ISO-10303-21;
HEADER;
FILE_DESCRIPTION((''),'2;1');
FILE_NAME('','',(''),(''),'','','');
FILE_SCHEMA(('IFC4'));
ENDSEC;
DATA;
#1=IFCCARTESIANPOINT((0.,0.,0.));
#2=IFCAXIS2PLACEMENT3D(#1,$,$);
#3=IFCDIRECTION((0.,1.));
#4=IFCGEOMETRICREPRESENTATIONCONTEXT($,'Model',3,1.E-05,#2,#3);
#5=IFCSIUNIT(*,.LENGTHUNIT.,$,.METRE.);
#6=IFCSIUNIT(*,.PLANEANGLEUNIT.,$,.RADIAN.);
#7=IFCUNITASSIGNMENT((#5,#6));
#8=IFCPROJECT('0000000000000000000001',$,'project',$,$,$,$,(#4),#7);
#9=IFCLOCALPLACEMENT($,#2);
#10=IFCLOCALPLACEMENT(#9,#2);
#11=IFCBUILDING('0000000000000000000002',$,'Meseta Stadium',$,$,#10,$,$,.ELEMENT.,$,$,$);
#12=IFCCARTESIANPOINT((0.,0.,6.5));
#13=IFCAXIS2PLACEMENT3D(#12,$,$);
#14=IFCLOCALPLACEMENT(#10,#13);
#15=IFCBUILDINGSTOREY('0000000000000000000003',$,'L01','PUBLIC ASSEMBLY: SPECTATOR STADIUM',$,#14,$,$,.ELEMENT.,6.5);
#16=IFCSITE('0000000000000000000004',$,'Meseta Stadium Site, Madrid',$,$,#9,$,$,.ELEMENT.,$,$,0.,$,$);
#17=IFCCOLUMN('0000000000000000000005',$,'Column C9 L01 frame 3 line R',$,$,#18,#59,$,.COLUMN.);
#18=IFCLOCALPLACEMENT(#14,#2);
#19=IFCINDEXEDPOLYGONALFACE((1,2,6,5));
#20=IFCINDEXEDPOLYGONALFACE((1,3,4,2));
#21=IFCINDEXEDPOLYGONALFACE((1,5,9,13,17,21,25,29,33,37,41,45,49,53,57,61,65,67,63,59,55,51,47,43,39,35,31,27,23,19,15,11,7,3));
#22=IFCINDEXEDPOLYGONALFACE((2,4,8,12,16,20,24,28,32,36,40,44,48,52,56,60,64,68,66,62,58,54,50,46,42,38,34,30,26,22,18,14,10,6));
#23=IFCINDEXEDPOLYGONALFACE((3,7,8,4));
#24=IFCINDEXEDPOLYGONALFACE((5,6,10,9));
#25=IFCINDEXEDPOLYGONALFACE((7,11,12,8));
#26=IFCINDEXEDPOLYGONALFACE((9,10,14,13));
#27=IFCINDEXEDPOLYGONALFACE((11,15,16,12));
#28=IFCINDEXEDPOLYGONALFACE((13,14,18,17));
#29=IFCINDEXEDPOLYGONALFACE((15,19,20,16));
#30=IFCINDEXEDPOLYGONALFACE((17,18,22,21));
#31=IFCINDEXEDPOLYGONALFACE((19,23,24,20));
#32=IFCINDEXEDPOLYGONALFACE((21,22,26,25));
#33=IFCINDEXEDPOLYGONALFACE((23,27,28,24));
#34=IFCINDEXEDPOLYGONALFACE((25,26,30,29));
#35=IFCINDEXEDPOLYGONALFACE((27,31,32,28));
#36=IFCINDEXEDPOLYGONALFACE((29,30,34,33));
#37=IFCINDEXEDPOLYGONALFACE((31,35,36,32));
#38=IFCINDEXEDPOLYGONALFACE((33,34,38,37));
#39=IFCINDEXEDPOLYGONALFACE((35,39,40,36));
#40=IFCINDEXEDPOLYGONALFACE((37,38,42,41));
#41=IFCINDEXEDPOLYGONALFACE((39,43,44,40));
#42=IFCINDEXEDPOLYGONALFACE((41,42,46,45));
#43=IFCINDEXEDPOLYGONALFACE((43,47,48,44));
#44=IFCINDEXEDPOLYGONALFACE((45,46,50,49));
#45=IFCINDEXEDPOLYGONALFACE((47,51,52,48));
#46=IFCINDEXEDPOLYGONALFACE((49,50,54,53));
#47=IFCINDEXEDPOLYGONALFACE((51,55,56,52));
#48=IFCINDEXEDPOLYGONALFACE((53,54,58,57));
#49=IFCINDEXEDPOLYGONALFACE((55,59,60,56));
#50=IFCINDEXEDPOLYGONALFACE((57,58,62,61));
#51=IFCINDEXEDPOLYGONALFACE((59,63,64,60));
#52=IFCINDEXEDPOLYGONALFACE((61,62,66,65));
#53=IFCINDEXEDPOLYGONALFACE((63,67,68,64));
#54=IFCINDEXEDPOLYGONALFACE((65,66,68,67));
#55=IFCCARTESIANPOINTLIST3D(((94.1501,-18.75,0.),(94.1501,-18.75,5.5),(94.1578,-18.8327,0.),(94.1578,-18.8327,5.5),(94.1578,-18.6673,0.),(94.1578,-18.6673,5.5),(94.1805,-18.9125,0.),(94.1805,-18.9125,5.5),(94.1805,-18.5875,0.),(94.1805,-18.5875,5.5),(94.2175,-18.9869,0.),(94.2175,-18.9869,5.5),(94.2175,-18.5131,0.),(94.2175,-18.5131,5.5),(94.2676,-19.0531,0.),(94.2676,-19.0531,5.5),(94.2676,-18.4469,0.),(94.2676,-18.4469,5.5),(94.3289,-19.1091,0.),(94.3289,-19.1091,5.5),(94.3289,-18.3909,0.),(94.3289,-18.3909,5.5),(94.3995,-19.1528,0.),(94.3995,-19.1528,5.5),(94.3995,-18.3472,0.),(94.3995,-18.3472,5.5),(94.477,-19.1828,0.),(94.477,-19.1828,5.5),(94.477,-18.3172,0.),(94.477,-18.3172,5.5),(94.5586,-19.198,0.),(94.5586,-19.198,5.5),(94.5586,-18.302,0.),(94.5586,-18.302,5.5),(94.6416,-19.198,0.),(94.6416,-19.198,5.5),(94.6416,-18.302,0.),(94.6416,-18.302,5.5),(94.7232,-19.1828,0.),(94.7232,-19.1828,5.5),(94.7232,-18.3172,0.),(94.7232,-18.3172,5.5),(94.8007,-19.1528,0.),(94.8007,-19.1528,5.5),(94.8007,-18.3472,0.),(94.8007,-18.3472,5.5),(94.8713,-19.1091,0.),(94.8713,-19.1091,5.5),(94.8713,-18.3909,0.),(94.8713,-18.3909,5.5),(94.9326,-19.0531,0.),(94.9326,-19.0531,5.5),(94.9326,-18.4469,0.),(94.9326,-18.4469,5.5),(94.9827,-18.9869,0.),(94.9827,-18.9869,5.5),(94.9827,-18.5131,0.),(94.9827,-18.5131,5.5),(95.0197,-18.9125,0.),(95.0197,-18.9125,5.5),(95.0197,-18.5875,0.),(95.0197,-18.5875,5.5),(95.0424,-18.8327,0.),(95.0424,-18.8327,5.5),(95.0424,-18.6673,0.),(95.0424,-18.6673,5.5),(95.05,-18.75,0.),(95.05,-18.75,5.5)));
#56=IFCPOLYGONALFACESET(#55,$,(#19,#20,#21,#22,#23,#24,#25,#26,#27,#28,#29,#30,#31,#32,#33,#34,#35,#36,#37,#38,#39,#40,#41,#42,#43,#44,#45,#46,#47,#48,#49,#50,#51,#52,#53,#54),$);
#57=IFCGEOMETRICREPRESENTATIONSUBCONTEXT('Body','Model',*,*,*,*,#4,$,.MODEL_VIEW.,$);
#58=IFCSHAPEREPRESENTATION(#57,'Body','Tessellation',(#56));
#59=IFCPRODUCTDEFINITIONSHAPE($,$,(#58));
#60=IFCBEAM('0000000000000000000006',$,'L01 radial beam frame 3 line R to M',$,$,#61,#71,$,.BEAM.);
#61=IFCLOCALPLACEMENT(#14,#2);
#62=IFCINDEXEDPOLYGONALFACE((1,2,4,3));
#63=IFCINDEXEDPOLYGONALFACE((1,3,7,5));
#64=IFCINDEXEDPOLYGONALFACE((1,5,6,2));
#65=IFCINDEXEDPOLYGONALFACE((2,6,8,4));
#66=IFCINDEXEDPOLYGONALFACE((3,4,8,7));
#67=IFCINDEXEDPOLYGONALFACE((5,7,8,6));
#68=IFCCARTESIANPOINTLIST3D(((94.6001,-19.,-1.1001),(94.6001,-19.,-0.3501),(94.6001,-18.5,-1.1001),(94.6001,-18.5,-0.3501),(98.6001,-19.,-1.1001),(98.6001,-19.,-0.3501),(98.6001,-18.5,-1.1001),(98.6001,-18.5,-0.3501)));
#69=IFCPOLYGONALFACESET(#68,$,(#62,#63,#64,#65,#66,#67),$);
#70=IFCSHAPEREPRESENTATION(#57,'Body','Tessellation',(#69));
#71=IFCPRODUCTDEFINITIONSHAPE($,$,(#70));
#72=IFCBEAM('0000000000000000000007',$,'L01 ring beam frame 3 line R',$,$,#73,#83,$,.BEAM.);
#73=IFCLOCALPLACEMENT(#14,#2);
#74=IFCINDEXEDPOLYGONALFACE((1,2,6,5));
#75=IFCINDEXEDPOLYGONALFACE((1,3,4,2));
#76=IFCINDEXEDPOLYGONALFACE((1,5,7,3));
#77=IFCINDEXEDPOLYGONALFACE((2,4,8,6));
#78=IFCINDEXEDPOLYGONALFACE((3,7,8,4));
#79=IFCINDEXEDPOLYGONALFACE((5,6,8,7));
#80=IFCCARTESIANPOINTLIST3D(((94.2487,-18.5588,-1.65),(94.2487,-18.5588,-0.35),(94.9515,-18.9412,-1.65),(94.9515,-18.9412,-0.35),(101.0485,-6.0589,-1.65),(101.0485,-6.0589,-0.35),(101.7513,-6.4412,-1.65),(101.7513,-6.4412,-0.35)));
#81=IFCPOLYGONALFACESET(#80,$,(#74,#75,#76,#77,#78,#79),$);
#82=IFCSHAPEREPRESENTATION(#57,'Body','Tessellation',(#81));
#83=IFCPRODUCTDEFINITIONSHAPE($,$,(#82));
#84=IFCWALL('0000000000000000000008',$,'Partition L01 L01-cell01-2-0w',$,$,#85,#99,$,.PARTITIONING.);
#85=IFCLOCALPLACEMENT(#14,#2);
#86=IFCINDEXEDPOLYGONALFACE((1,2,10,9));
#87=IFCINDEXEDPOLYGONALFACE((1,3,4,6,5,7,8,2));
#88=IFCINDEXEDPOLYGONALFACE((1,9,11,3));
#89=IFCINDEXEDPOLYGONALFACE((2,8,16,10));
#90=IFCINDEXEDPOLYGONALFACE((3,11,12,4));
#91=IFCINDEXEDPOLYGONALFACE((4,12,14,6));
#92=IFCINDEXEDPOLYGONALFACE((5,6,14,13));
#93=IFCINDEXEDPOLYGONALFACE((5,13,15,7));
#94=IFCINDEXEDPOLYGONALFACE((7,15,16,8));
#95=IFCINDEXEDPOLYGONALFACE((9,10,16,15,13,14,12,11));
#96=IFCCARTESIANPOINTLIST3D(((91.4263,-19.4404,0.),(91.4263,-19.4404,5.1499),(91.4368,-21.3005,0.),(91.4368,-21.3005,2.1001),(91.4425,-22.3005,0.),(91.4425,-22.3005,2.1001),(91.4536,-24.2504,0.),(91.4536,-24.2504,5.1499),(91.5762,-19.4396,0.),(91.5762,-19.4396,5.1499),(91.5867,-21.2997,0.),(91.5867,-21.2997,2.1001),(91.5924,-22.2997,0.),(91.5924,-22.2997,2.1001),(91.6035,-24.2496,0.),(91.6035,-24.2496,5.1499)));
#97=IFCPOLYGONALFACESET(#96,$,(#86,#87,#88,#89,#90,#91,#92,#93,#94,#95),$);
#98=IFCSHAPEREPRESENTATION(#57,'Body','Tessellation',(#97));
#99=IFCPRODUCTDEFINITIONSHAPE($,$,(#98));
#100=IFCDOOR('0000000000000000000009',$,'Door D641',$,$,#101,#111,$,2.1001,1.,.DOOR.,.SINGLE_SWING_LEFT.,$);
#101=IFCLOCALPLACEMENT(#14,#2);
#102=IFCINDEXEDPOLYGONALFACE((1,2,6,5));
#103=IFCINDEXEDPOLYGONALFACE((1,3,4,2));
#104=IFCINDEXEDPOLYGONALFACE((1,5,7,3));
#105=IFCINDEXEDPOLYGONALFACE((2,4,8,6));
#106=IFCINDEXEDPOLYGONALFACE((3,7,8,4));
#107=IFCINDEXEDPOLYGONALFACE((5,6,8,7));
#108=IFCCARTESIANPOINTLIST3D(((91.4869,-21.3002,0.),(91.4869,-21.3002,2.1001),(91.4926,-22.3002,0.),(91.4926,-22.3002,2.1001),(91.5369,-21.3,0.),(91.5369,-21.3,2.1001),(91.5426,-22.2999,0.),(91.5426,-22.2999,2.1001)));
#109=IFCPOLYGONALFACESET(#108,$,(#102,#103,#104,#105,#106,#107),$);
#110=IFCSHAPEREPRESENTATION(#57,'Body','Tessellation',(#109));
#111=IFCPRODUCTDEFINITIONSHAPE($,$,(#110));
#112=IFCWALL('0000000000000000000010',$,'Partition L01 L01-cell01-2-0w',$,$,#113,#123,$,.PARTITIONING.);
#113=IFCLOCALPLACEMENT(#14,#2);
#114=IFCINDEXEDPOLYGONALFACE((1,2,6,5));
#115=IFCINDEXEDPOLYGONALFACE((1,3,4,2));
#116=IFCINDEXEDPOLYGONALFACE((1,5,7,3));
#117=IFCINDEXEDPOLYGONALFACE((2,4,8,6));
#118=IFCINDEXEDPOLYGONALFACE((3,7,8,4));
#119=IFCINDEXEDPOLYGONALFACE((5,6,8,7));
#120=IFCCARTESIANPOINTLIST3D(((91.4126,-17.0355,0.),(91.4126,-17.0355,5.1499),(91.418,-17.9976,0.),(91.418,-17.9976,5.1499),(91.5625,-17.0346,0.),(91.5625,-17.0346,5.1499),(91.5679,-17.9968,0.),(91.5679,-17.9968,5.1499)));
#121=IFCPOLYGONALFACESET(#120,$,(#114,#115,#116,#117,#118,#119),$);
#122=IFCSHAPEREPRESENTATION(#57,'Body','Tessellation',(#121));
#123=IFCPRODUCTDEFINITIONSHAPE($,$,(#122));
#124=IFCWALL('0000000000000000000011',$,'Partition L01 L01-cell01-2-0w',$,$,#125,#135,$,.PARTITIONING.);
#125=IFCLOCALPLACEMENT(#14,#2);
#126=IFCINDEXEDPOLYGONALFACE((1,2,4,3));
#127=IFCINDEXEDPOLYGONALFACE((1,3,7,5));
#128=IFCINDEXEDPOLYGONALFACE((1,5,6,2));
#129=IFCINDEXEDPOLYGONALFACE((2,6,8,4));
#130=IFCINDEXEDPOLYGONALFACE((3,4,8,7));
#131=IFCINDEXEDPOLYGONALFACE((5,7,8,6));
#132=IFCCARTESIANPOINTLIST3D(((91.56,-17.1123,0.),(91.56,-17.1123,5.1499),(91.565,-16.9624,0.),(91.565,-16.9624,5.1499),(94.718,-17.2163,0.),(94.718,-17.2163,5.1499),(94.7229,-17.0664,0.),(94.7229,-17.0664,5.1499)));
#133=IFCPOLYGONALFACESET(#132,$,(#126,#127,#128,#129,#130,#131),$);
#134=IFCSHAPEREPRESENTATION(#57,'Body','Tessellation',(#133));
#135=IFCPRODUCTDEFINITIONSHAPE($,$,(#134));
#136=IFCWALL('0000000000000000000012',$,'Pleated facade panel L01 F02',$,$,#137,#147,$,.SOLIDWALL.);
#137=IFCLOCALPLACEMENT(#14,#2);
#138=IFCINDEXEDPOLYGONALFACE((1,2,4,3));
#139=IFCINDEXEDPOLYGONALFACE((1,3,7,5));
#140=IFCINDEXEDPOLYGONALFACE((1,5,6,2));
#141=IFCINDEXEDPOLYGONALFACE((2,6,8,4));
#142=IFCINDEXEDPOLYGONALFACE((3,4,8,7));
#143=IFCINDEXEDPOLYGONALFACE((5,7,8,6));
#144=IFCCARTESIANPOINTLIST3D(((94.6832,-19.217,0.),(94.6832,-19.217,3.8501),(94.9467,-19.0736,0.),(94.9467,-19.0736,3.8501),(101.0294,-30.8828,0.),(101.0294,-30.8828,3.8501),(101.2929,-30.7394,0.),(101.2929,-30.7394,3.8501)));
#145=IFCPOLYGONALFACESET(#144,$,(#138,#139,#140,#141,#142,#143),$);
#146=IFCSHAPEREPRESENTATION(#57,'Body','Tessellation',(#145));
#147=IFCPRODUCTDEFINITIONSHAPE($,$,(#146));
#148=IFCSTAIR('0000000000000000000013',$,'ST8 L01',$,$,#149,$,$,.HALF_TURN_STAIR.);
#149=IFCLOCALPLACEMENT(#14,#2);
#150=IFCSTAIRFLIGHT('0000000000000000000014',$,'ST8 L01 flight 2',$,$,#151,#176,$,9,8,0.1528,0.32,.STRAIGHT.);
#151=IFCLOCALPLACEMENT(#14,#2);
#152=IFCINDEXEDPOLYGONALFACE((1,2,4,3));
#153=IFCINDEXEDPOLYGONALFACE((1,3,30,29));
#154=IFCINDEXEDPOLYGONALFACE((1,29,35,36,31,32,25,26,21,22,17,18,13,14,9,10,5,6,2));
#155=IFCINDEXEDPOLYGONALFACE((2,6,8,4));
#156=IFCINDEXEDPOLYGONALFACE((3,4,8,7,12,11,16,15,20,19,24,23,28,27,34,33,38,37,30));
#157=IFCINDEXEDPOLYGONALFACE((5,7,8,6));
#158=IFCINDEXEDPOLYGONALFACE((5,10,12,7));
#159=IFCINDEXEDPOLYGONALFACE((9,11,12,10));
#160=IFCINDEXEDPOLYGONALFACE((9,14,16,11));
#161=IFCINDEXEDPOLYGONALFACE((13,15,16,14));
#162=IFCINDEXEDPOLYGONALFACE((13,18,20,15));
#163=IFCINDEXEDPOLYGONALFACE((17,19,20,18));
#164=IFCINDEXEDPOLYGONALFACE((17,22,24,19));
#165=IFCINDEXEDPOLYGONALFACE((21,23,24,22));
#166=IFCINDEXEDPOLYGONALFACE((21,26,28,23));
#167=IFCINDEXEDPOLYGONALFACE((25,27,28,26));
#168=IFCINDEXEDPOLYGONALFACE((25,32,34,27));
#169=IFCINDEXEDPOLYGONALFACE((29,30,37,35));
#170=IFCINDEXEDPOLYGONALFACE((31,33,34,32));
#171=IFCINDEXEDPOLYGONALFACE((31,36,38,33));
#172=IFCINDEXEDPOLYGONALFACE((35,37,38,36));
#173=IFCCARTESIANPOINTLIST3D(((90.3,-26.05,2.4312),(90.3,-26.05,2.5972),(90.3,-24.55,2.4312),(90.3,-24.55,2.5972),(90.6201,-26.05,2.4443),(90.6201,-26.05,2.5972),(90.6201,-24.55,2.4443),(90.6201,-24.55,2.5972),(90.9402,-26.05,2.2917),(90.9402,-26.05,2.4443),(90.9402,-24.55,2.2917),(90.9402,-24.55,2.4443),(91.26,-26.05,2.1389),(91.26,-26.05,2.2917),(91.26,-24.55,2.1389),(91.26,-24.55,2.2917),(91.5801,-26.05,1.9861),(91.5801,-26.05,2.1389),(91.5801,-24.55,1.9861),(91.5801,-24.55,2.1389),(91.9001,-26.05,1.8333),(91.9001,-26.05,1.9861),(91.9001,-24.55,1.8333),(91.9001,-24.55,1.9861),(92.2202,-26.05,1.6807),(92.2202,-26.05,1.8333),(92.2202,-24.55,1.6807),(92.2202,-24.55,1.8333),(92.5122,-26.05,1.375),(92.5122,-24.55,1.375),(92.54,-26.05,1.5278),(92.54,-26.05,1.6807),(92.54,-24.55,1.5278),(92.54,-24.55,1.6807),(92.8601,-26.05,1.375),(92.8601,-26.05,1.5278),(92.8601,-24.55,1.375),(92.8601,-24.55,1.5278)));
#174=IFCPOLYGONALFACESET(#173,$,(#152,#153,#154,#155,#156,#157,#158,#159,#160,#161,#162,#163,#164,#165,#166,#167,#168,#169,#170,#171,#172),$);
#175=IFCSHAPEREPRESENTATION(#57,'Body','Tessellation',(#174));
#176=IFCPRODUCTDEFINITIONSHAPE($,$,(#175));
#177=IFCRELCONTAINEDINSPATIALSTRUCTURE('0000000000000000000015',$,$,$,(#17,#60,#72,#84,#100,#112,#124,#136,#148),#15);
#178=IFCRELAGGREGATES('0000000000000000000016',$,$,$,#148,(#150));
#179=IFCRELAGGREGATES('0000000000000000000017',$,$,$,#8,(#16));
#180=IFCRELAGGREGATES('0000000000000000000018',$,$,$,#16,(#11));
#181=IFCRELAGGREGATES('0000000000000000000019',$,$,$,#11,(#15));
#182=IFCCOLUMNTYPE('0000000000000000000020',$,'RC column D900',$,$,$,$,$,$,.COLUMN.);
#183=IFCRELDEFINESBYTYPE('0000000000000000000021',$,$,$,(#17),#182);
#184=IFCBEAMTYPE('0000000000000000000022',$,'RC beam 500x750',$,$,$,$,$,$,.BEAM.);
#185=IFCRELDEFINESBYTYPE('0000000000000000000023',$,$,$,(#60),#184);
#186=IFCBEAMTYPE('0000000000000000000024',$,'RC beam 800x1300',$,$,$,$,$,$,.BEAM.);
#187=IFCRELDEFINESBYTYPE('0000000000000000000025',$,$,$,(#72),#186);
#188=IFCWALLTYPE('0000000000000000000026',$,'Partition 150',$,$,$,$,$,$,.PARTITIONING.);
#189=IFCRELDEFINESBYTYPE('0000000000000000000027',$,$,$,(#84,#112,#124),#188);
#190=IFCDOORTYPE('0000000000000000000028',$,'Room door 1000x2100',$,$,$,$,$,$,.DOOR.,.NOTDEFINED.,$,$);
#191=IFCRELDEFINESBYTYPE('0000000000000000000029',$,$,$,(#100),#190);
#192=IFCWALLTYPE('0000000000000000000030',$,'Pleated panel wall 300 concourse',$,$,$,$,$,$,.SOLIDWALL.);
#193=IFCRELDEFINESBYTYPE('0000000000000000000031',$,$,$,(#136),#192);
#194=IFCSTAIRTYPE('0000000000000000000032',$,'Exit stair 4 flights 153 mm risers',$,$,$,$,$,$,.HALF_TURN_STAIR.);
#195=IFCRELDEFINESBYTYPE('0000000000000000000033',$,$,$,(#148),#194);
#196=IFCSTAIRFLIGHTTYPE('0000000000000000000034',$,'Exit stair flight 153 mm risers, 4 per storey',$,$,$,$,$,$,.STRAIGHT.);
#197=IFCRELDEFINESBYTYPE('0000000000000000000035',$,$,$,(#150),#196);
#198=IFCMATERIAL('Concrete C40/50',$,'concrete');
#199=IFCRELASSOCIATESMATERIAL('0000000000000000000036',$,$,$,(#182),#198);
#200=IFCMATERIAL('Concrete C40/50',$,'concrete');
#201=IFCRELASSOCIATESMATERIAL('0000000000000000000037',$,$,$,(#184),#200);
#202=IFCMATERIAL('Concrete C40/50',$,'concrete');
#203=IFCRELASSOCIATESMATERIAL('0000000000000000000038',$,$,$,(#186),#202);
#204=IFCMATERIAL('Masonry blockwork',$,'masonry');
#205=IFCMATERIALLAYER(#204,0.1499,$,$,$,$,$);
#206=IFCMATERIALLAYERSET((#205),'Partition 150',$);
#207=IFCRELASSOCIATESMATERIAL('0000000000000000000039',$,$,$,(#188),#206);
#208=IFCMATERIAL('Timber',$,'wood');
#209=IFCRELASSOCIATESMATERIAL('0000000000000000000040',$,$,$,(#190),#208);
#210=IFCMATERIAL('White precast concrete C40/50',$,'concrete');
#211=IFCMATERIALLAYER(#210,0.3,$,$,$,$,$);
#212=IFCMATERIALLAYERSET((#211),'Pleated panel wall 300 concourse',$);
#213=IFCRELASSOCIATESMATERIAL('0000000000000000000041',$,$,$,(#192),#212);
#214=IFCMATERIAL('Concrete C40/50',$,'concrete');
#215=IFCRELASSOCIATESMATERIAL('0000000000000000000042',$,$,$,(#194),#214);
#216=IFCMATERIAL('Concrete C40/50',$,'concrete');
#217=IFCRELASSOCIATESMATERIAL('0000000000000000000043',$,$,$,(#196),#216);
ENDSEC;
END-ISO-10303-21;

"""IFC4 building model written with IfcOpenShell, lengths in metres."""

from ifc_helpers import new_model, si_unit, direction, frame, frame_2d, origin, origin_2d, place, context, subcontext, project, spatial, polyline, rectangle, circle, outline, extrude, material, layer, layer_set, material_profile, profile_set, type_object, element, fill, aggregate, save


model = new_model("IFC4")

# Units and contexts
model_context = context("Model", 3, precision=1e-05, world=origin(), true_north=direction((0.0, 1.0)))
body_context = subcontext(model_context, "Body", "Model", "MODEL_VIEW")
ifc_project = project(units=[si_unit("LENGTHUNIT", "METRE"), si_unit("PLANEANGLEUNIT", "RADIAN")], contexts=[model_context])

# Site, building, storey
site_placement = place(None, origin())
site = spatial("IfcSite", under=ifc_project, at=site_placement, Name="Meseta Stadium Site, Madrid", CompositionType="ELEMENT", RefElevation=0.0)
building_placement = place(site_placement, origin())
building = spatial("IfcBuilding", under=site, at=building_placement, Name="Meseta Stadium", CompositionType="ELEMENT")
storey_placement = place(building_placement, frame((0.0, 0.0, 6.5)))
storey = spatial("IfcBuildingStorey", under=building, at=storey_placement, Name="L01", Description="PUBLIC ASSEMBLY: SPECTATOR STADIUM", CompositionType="ELEMENT", Elevation=6.5)

# Column
ifc_material_1 = material(Name="Concrete C40/50", Category="concrete")
ifc_material_profile_1 = material_profile(ifc_material_1, circle(Radius=0.45, at=origin_2d()), Name="RC D900")
ifc_profile_set_1 = profile_set([ifc_material_profile_1], Name="Concrete C40/50")
column_type = type_object("IfcColumnType", Name="RC column D900", PredefinedType="COLUMN", material=ifc_profile_set_1)
column_placement = place(storey_placement, frame((94.6001, -18.75, 0.0), z_axis=(0.0, 0.0, 1.0), x_axis=(1.0, 0.0, 0.0)))
element("IfcColumn", 1, at=column_placement, inside=storey, type_object=column_type, Name="Column C9 L01 frame 3 line R", PredefinedType="COLUMN", context=body_context, shape_type="SweptSolid", body=[
    extrude(circle(Radius=0.45, at=origin_2d()), origin(), (0.0, 0.0, 1.0), 5.5),
])

# Beams
ifc_material_2 = material(Name="Concrete C40/50", Category="concrete")
ifc_material_profile_2 = material_profile(ifc_material_2, rectangle(XDim=0.5, YDim=0.75, at=origin_2d()), Name="RC 500x750")
ifc_profile_set_2 = profile_set([ifc_material_profile_2], Name="Concrete C40/50")
beam_type_1 = type_object("IfcBeamType", Name="RC beam 500x750", PredefinedType="BEAM", material=ifc_profile_set_2)
beam_1_placement = place(storey_placement, frame((94.6001, -18.75, -0.7251), z_axis=(1.0, 0.0, 0.0), x_axis=(0.0, 1.0, 0.0)))
element("IfcBeam", 2, at=beam_1_placement, inside=storey, type_object=beam_type_1, Name="L01 radial beam frame 3 line R to M", PredefinedType="BEAM", context=body_context, shape_type="SweptSolid", body=[
    extrude(rectangle(XDim=0.5, YDim=0.75, at=origin_2d()), origin(), (0.0, 0.0, 1.0), 4.0),
])
ifc_material_3 = material(Name="Concrete C40/50", Category="concrete")
ifc_material_profile_3 = material_profile(ifc_material_3, rectangle(XDim=0.8, YDim=1.3, at=origin_2d()), Name="RC 800x1300")
ifc_profile_set_3 = profile_set([ifc_material_profile_3], Name="Concrete C40/50")
beam_type_2 = type_object("IfcBeamType", Name="RC beam 800x1300", PredefinedType="BEAM", material=ifc_profile_set_3)
beam_2_placement = place(storey_placement, frame((94.6001, -18.75, -1.0), z_axis=(0.477856, 0.878438, 0.0), x_axis=(-0.878438, 0.477856, 0.0)))
element("IfcBeam", 3, at=beam_2_placement, inside=storey, type_object=beam_type_2, Name="L01 ring beam frame 3 line R", PredefinedType="BEAM", context=body_context, shape_type="SweptSolid", body=[
    extrude(rectangle(XDim=0.8, YDim=1.3, at=origin_2d()), origin(), (0.0, 0.0, 1.0), 14.2297),
])

# Wall, opening, door
ifc_material_4 = material(Name="Masonry blockwork", Category="masonry")
ifc_layer_1 = layer(ifc_material_4, 0.1499)
ifc_layer_set_1 = layer_set([ifc_layer_1], Name="Partition 150")
wall_type_1 = type_object("IfcWallType", Name="Partition 150", PredefinedType="PARTITIONING", material=ifc_layer_set_1)
wall_1_placement = place(storey_placement, frame((91.5286, -24.25, 0.0), z_axis=(0.0, 0.0, 1.0), x_axis=(-0.005685, 0.999984, 0.0)))
wall_1 = element("IfcWall", 4, at=wall_1_placement, inside=storey, type_object=wall_type_1, Name="Partition L01 L01-cell01-2-0w", PredefinedType="PARTITIONING", context=body_context, shape_type="SweptSolid", body=[
    extrude(rectangle(XDim=4.8101, YDim=0.1499, at=frame_2d((2.405, 0.0))), origin(), (0.0, 0.0, 1.0), 5.1499),
])
opening_placement = place(wall_1_placement, frame((1.95, 0.0, 0.0)))
opening = element("IfcOpeningElement", 5, at=opening_placement, cuts=wall_1, PredefinedType="OPENING", context=body_context, shape_type="SweptSolid", body=[
    extrude(rectangle(XDim=1.0, YDim=2.1001, at=frame_2d((0.5, 1.05))), frame((0.0, 0.085, 0.0), z_axis=(0.0, -1.0, 0.0), x_axis=(1.0, 0.0, 0.0)), (0.0, 0.0, 1.0), 0.1699),
])
ifc_material_5 = material(Name="Timber", Category="wood")
door_type = type_object("IfcDoorType", Name="Room door 1000x2100", OperationType="NOTDEFINED", PredefinedType="DOOR", material=ifc_material_5)
door_placement = place(opening_placement, origin())
door = element("IfcDoor", 6, at=door_placement, inside=storey, type_object=door_type, Name="Door D641", OperationType="SINGLE_SWING_LEFT", OverallHeight=2.1001, OverallWidth=1.0, PredefinedType="DOOR", context=body_context, shape_type="SweptSolid", body=[
    extrude(rectangle(XDim=1.0, YDim=2.1001, at=frame_2d((0.5, 1.05))), frame((0.0, 0.0249, 0.0), z_axis=(0.0, -1.0, 0.0), x_axis=(1.0, 0.0, 0.0)), (0.0, 0.0, 1.0), 0.05),
])
fill(opening, door)

# Walls
wall_2_placement = place(storey_placement, frame((91.4929, -17.9971, 0.0), z_axis=(0.0, 0.0, 1.0), x_axis=(-0.005582, 0.999984, 0.0)))
element("IfcWall", 7, at=wall_2_placement, inside=storey, type_object=wall_type_1, Name="Partition L01 L01-cell01-2-0w", PredefinedType="PARTITIONING", context=body_context, shape_type="SweptSolid", body=[
    extrude(rectangle(XDim=0.9622, YDim=0.1499, at=frame_2d((0.481, 0.0))), origin(), (0.0, 0.0, 1.0), 5.1499),
])
wall_3_placement = place(storey_placement, frame((91.5625, -17.0374, 0.0), z_axis=(0.0, 0.0, 1.0), x_axis=(0.999458, -0.032916, 0.0)))
element("IfcWall", 8, at=wall_3_placement, inside=storey, type_object=wall_type_1, Name="Partition L01 L01-cell01-2-0w", PredefinedType="PARTITIONING", context=body_context, shape_type="SweptSolid", body=[
    extrude(rectangle(XDim=3.1597, YDim=0.1499, at=frame_2d((1.5798, 0.0))), origin(), (0.0, 0.0, 1.0), 5.1499),
])
ifc_material_6 = material(Name="White precast concrete C40/50", Category="concrete")
ifc_layer_2 = layer(ifc_material_6, 0.3)
ifc_layer_set_2 = layer_set([ifc_layer_2], Name="Pleated panel wall 300 concourse")
wall_type_2 = type_object("IfcWallType", Name="Pleated panel wall 300 concourse", PredefinedType="SOLIDWALL", material=ifc_layer_set_2)
wall_4_placement = place(storey_placement, frame((94.8149, -19.1453, 0.0), z_axis=(0.0, 0.0, 1.0), x_axis=(0.477868, -0.878432, 0.0)))
element("IfcWall", 9, at=wall_4_placement, inside=storey, type_object=wall_type_2, Name="Pleated facade panel L01 F02", PredefinedType="SOLIDWALL", context=body_context, shape_type="SweptSolid", body=[
    extrude(rectangle(XDim=13.2803, YDim=0.3, at=frame_2d((6.6401, 0.0))), origin(), (0.0, 0.0, 1.0), 3.8501),
])

# Stair, stair flight
ifc_material_7 = material(Name="Concrete C40/50", Category="concrete")
stair_type = type_object("IfcStairType", Name="Exit stair 4 flights 153 mm risers", PredefinedType="HALF_TURN_STAIR", material=ifc_material_7)
stair_placement = place(storey_placement, origin())
stair = element("IfcStair", 10, at=stair_placement, inside=storey, type_object=stair_type, Name="ST8 L01", PredefinedType="HALF_TURN_STAIR")
ifc_material_8 = material(Name="Concrete C40/50", Category="concrete")
stair_flight_type = type_object("IfcStairFlightType", Name="Exit stair flight 153 mm risers, 4 per storey", PredefinedType="STRAIGHT", material=ifc_material_8)
stair_flight_1_placement = place(storey_placement, frame((92.8601, -25.3, 1.375), z_axis=(0.0, 0.0, 1.0), x_axis=(-1.0, 0.0, 0.0)))
stair_flight_1 = element("IfcStairFlight", 11, at=stair_flight_1_placement, type_object=stair_flight_type, Name="ST8 L01 flight 2", NumberOfRisers=9, NumberOfTreads=8, PredefinedType="STRAIGHT", RiserHeight=0.1528, TreadLength=0.32, context=body_context, shape_type="SweptSolid", body=[
    extrude(outline(polyline([(0.0, 0.0), (0.0, 0.1528), (0.3201, 0.1528), (0.3201, 0.3057), (0.6399, 0.3057), (0.6399, 0.4583), (0.96, 0.4583), (0.96, 0.6111), (1.28, 0.6111), (1.28, 0.7639), (1.6001, 0.7639), (1.6001, 0.9167), (1.9199, 0.9167), (1.9199, 1.0693), (2.24, 1.0693), (2.24, 1.2222), (2.5601, 1.2222), (2.5601, 1.0562), (0.3479, 0.0), (0.0, 0.0)])), frame((0.0, 0.75, 0.0), z_axis=(0.0, -1.0, 0.0), x_axis=(1.0, 0.0, 0.0)), (0.0, 0.0, 1.0), 1.5),
])
aggregate(stair, [stair_flight_1])

save(model, "model.ifc")
